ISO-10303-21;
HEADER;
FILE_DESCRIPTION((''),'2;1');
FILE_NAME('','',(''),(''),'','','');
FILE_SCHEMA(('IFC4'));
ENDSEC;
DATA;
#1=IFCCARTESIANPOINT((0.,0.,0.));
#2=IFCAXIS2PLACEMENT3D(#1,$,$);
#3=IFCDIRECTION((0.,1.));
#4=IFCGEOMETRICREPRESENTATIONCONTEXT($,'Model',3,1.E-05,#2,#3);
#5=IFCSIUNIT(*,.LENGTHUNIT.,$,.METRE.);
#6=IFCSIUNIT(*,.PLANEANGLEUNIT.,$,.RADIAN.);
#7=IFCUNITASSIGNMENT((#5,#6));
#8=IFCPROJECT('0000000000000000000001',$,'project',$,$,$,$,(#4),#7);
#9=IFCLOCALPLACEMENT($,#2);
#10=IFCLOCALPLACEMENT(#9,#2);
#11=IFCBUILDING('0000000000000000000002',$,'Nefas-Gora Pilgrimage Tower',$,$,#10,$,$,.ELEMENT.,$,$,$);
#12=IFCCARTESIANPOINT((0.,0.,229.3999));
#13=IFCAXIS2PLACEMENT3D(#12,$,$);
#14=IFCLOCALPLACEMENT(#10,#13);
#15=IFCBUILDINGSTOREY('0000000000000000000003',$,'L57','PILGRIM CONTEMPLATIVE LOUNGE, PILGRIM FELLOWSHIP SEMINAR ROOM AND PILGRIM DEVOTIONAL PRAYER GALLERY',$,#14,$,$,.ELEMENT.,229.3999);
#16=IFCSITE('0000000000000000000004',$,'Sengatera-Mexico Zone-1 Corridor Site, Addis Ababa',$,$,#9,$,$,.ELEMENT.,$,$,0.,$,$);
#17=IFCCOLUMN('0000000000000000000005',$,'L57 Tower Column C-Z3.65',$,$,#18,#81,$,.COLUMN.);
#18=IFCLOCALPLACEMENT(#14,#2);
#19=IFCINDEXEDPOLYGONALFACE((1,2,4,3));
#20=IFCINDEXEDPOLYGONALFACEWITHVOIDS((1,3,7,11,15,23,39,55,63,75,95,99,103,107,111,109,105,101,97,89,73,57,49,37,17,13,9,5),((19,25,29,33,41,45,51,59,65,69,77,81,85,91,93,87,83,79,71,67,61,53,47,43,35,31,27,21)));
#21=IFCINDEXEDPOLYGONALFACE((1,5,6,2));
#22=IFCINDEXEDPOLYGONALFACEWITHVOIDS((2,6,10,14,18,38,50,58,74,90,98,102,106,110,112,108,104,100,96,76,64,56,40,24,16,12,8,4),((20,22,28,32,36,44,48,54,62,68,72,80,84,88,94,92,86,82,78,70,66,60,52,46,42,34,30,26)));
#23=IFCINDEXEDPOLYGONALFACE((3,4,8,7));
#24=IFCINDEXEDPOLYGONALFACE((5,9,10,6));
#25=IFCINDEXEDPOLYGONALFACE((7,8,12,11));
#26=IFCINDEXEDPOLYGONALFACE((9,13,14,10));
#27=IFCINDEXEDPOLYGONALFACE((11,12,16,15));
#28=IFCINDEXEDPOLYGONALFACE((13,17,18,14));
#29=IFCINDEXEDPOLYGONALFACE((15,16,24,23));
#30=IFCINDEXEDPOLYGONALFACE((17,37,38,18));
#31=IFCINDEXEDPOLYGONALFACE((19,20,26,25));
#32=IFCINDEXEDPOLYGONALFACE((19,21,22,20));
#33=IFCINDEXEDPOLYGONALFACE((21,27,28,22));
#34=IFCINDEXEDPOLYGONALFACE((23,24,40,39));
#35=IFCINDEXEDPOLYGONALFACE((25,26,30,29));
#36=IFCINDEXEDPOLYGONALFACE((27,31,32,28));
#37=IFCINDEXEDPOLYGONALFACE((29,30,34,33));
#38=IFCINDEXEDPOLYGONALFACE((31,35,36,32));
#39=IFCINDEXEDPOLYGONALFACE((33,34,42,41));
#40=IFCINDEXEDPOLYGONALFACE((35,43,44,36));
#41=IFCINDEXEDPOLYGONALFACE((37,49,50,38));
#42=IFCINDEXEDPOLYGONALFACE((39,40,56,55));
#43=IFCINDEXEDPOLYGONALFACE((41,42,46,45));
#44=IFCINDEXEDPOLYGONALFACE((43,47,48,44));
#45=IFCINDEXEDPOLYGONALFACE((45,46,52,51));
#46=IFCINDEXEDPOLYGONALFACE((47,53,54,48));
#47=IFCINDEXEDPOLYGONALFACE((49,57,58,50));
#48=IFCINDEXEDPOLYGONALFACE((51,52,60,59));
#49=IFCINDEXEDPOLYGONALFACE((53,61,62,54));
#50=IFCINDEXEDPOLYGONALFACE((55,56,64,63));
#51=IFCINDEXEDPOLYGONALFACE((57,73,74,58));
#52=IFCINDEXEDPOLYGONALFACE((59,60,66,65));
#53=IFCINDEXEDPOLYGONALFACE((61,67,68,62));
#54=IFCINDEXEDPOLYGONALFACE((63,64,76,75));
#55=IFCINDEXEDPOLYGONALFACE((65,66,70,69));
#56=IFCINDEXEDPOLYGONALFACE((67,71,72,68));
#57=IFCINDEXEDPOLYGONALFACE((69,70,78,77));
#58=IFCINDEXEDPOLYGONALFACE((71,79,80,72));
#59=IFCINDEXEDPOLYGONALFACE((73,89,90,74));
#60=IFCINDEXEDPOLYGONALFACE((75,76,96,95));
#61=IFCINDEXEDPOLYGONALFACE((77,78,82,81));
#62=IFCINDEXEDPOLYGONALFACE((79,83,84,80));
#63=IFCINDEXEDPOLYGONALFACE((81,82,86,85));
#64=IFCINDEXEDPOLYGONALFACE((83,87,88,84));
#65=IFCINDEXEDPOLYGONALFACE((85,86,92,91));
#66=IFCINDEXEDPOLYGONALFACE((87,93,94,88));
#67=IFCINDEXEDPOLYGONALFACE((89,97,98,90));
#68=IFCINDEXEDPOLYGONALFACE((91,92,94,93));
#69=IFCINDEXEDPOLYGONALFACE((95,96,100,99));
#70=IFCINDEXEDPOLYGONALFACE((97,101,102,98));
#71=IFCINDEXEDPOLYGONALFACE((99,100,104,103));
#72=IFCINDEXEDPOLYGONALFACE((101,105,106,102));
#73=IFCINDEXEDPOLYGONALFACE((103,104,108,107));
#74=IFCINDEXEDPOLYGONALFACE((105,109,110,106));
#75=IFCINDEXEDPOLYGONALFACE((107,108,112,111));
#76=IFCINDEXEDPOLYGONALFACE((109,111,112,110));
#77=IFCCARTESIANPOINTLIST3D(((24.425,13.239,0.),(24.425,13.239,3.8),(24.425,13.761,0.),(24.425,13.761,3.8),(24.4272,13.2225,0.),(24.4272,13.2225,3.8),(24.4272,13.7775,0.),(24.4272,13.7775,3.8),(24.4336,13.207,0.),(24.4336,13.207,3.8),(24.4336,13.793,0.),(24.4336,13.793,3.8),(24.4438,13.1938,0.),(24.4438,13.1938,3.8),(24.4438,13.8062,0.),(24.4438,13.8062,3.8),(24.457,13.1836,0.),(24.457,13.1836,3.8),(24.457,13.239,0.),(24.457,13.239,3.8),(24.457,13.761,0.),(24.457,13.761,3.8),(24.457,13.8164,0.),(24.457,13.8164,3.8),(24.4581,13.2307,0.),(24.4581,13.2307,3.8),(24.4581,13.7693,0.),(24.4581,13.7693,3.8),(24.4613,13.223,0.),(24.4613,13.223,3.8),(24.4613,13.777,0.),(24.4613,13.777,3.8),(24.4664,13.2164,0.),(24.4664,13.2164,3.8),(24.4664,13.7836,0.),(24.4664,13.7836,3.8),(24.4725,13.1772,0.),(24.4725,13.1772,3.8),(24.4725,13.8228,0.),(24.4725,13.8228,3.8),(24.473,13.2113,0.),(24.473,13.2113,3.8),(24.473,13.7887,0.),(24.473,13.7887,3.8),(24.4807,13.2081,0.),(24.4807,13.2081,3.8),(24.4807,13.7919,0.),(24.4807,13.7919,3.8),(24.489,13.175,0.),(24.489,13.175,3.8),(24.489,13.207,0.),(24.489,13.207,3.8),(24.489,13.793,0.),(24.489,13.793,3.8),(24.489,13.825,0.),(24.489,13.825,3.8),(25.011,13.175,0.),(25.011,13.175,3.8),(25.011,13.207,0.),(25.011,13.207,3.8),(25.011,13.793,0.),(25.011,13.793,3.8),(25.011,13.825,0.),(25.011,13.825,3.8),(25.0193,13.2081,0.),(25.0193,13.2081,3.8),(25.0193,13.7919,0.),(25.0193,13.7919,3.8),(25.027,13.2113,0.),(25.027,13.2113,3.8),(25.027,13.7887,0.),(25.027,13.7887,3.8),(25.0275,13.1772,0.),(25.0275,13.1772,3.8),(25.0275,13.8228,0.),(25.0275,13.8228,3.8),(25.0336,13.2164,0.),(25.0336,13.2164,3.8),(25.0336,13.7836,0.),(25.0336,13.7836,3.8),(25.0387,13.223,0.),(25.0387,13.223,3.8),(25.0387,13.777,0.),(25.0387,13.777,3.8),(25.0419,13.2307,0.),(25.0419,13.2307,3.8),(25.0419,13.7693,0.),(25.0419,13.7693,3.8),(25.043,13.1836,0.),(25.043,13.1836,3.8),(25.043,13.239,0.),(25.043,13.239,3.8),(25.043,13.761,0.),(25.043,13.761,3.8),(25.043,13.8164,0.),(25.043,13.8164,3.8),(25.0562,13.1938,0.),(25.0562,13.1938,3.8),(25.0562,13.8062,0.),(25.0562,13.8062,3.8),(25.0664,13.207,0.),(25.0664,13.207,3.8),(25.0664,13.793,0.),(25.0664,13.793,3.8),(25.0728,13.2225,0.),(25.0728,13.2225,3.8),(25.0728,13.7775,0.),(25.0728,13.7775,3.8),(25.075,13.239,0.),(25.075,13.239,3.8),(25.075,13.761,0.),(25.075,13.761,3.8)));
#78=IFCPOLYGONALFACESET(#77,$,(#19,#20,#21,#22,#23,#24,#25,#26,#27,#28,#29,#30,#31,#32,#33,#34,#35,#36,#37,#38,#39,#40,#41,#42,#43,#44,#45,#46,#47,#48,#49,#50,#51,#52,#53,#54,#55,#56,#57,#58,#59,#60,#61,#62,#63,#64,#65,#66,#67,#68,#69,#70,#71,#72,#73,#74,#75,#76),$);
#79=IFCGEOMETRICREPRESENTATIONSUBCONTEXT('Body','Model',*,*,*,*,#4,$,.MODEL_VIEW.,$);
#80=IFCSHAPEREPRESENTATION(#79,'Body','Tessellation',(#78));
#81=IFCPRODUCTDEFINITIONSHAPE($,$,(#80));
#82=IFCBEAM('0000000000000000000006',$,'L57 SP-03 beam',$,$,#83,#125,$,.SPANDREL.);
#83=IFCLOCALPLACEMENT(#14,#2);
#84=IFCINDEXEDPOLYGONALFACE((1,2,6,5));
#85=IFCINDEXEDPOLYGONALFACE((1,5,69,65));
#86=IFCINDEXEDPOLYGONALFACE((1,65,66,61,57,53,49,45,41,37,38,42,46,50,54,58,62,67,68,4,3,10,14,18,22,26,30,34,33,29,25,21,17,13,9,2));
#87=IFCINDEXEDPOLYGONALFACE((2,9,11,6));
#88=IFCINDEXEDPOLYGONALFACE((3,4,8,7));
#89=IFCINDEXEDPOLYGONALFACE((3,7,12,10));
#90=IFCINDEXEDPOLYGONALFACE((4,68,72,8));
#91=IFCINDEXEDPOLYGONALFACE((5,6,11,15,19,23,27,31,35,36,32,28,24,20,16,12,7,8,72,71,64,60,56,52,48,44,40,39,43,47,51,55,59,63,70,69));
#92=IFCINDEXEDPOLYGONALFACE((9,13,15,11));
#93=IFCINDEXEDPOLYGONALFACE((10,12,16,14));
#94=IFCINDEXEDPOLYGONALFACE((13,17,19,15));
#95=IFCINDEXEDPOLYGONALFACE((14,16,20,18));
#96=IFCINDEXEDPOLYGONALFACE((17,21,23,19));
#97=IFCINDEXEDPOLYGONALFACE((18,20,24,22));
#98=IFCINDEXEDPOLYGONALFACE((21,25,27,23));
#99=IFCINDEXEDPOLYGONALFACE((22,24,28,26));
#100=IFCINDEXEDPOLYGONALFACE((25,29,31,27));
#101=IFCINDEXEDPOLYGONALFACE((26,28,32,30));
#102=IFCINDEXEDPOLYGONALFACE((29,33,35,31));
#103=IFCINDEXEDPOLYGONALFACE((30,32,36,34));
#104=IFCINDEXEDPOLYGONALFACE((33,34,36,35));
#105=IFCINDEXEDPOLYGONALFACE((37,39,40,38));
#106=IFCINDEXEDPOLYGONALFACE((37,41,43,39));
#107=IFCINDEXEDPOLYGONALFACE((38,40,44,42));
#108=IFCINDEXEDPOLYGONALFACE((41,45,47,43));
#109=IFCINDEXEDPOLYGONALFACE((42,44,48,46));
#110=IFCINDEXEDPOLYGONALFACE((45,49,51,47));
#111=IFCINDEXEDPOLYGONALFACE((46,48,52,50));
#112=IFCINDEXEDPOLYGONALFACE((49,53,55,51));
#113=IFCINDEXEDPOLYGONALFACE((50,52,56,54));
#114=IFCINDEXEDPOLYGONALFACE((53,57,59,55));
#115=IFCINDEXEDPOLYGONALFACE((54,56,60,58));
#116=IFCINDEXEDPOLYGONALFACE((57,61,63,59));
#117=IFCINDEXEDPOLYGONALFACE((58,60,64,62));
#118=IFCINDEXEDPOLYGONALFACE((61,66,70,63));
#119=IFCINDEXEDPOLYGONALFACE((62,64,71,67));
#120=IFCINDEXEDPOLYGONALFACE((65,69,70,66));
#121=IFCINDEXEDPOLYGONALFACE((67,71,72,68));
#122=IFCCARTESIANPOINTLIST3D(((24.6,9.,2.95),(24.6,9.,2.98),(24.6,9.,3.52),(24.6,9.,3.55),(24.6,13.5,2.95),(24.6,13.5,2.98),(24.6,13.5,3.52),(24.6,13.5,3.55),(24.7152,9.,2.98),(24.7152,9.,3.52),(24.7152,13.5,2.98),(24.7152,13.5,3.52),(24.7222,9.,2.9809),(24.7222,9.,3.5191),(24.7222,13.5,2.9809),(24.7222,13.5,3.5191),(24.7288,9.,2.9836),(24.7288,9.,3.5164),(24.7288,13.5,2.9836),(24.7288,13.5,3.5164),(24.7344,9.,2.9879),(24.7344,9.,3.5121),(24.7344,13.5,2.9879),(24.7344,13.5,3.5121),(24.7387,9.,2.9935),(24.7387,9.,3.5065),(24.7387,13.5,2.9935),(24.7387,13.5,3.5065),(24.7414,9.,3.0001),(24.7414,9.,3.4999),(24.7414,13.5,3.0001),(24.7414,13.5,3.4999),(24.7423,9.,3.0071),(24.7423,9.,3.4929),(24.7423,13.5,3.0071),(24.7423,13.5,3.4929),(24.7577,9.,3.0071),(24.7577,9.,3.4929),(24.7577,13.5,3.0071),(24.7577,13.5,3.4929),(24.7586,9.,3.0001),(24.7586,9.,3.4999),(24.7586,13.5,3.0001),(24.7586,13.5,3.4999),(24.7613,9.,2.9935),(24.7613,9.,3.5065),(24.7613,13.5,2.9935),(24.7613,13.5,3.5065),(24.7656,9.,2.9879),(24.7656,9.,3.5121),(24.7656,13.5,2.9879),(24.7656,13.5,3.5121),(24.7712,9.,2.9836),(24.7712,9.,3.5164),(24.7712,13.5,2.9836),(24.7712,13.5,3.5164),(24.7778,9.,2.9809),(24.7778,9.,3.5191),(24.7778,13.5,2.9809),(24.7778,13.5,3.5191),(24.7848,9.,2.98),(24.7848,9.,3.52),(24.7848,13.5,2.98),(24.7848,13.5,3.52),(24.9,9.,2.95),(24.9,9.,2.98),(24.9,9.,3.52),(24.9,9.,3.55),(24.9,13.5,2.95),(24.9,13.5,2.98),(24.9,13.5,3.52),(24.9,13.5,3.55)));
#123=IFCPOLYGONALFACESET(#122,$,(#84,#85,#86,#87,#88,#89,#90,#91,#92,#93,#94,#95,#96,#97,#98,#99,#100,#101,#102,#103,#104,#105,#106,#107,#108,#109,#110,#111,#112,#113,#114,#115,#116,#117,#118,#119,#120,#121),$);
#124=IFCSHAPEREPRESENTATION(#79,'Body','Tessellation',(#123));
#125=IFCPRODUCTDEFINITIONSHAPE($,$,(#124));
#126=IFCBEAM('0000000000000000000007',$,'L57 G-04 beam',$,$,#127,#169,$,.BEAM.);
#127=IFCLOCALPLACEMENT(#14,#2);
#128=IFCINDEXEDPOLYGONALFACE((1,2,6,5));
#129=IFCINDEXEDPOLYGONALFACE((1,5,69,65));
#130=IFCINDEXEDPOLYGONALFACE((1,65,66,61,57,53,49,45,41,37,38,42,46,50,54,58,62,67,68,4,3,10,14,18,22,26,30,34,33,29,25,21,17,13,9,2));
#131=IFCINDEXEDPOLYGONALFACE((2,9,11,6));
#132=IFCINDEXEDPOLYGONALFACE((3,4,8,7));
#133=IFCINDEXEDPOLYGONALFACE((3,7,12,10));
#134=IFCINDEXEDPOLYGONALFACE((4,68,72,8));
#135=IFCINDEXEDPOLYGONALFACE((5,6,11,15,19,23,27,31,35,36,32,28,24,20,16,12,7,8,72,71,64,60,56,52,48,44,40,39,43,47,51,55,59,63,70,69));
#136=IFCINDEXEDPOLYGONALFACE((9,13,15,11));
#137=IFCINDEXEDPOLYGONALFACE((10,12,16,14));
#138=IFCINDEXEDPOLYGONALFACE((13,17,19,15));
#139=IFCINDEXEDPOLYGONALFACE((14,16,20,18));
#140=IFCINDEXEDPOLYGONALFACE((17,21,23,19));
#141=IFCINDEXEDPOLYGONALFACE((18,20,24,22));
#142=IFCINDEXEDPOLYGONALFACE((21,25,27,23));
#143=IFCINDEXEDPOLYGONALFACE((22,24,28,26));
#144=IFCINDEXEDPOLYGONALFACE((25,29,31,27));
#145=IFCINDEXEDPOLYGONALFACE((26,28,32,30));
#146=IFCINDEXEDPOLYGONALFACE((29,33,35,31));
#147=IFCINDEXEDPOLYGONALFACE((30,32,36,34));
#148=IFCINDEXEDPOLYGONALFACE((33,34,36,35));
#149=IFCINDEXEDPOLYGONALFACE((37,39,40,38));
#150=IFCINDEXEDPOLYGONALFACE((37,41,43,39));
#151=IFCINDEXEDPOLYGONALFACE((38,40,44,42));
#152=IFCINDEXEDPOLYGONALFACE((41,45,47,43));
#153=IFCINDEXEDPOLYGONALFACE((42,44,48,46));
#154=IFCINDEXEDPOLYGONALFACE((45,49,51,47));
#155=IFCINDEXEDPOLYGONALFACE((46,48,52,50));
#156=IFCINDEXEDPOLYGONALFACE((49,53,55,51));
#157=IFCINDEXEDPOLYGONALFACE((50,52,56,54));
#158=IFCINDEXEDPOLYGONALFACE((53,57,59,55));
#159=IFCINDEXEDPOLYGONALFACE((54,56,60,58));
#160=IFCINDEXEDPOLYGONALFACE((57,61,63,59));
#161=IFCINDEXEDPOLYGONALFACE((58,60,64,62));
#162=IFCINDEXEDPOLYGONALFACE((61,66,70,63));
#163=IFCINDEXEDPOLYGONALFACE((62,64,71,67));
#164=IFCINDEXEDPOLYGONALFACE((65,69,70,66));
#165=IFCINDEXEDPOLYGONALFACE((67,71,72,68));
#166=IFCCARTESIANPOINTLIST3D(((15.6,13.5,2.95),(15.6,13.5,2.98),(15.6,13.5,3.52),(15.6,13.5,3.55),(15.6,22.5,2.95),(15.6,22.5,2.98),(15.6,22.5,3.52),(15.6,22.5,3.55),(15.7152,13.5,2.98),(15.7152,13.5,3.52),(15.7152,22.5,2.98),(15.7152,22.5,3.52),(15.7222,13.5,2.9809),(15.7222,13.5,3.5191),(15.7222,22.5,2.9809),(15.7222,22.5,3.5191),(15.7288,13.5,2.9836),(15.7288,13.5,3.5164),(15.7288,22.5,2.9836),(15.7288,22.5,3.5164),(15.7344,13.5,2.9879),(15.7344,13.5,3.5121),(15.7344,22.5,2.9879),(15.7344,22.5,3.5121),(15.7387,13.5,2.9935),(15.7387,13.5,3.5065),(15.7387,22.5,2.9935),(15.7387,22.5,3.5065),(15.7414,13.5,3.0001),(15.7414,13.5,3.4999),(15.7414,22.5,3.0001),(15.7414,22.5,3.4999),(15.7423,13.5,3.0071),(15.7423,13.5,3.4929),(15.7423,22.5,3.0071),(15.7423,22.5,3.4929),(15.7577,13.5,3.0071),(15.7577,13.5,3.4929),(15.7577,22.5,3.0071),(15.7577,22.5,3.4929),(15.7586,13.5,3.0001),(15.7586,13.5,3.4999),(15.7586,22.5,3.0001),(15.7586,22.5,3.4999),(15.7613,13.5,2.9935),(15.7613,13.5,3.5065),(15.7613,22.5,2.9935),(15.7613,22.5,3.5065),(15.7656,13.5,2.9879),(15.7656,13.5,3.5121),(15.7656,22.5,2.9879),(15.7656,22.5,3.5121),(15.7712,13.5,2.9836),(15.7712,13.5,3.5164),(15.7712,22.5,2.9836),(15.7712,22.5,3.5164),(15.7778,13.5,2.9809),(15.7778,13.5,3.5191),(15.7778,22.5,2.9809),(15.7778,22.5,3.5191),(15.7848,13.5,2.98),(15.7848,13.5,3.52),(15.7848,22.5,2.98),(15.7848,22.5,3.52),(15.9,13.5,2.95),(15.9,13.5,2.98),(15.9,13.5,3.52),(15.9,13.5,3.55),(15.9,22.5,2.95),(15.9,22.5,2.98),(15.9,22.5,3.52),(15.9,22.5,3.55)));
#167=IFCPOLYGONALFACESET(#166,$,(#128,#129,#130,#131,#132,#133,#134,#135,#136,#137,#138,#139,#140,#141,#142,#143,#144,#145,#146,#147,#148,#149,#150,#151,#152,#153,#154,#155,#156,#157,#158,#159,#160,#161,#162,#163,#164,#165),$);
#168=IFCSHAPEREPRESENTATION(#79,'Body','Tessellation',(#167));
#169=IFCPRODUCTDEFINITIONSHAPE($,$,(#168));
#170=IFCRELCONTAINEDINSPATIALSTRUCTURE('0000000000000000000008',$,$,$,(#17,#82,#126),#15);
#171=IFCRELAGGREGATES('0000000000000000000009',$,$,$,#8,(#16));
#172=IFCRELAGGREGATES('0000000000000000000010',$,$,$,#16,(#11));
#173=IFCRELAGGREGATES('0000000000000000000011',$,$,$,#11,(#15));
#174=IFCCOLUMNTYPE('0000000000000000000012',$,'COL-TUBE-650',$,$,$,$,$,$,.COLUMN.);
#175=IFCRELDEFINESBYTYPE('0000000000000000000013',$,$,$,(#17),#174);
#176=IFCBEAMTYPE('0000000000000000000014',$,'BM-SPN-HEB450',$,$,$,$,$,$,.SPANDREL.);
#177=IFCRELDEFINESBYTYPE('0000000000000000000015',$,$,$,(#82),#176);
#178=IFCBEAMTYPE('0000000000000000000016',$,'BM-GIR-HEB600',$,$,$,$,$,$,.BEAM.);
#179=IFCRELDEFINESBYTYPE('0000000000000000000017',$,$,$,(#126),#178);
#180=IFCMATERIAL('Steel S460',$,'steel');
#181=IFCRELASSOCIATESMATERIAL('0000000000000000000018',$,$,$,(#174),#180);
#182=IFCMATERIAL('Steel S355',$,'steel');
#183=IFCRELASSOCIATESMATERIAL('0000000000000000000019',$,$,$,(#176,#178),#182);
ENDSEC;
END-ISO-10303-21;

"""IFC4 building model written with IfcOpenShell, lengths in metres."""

from ifc_helpers import new_model, si_unit, direction, frame, origin, origin_2d, place, context, subcontext, project, spatial, hollow_rectangle, i_section, extrude, source, transform, mapped, material, material_profile, profile_set, type_object, element, save


model = new_model("IFC4")

# Units and contexts
model_context = context("Model", 3, precision=1e-05, world=origin(), true_north=direction((0.0, 1.0)))
body_context = subcontext(model_context, "Body", "Model", "MODEL_VIEW")
ifc_project = project(units=[si_unit("LENGTHUNIT", "METRE"), si_unit("PLANEANGLEUNIT", "RADIAN")], contexts=[model_context])

# Site, building, storey
site_placement = place(None, origin())
site = spatial("IfcSite", under=ifc_project, at=site_placement, Name="Sengatera-Mexico Zone-1 Corridor Site, Addis Ababa", CompositionType="ELEMENT", RefElevation=0.0)
building_placement = place(site_placement, origin())
building = spatial("IfcBuilding", under=site, at=building_placement, Name="Nefas-Gora Pilgrimage Tower", CompositionType="ELEMENT")
storey_placement = place(building_placement, frame((0.0, 0.0, 229.3999)))
storey = spatial("IfcBuildingStorey", under=building, at=storey_placement, Name="L57", Description="PILGRIM CONTEMPLATIVE LOUNGE, PILGRIM FELLOWSHIP SEMINAR ROOM AND PILGRIM DEVOTIONAL PRAYER GALLERY", CompositionType="ELEMENT", Elevation=229.3999)

# Column
ifc_material_1 = material(Name="Steel S460", Category="steel")
ifc_material_profile_1 = material_profile(ifc_material_1, hollow_rectangle(XDim=0.6499, YDim=0.6499, WallThickness=0.032, InnerFilletRadius=0.032, OuterFilletRadius=0.064, at=origin_2d()), Name="BOX 650x650x32")
ifc_profile_set_1 = profile_set([ifc_material_profile_1], Name="Steel S460")
column_type_1 = type_object("IfcColumnType", Name="COL-TUBE-650", PredefinedType="COLUMN", material=ifc_profile_set_1)
shared_shape_1 = source(origin(), body_context, "Body", "SweptSolid", [
    extrude(hollow_rectangle(XDim=0.6499, YDim=0.6499, WallThickness=0.032, InnerFilletRadius=0.032, OuterFilletRadius=0.064, at=origin_2d()), origin(), (0.0, 0.0, 1.0), 3.8),
])
for number, where, z_axis, x_axis, name in (
    (1, (24.75, 13.5, 0.0), (0.0, 0.0, 1.0), (1.0, 0.0, 0.0), "L57 Tower Column C-Z3.65"),
):
    element("IfcColumn", number, at=place(storey_placement, frame(where, z_axis=z_axis, x_axis=x_axis)), inside=storey, type_object=column_type_1, Name=name, PredefinedType="COLUMN", context=body_context, shape_type="MappedRepresentation", body=[
        mapped(shared_shape_1, transform((0.0, 0.0, 0.0), x_axis=(1.0, 0.0, 0.0), y_axis=(0.0, 1.0, 0.0), z_axis=(0.0, 0.0, 1.0), scale=1.0)),
    ])

# Beams
ifc_material_2 = material(Name="Steel S355", Category="steel")
ifc_material_profile_2 = material_profile(ifc_material_2, i_section(OverallWidth=0.3, OverallDepth=0.6001, WebThickness=0.0154, FlangeThickness=0.03, FilletRadius=0.0271, at=origin_2d()), Name="HEB 600")
ifc_profile_set_2 = profile_set([ifc_material_profile_2], Name="Steel S355")
beam_type_1 = type_object("IfcBeamType", Name="BM-SPN-HEB450", PredefinedType="SPANDREL", material=ifc_profile_set_2)
shared_shape_2 = source(origin(), body_context, "Body", "SweptSolid", [
    extrude(i_section(OverallWidth=0.3, OverallDepth=0.6001, WebThickness=0.0154, FlangeThickness=0.03, FilletRadius=0.0271, at=origin_2d()), origin(), (0.0, 0.0, 1.0), 4.5),
])
beam_1_placement = place(storey_placement, frame((24.75, 9.0, 3.25), z_axis=(0.0, 1.0, 0.0), x_axis=(-1.0, 0.0, 0.0)))
element("IfcBeam", 2, at=beam_1_placement, inside=storey, type_object=beam_type_1, Name="L57 SP-03 beam", PredefinedType="SPANDREL", context=body_context, shape_type="MappedRepresentation", body=[
    mapped(shared_shape_2, transform((0.0, 0.0, 0.0), x_axis=(1.0, 0.0, 0.0), y_axis=(0.0, 1.0, 0.0), z_axis=(0.0, 0.0, 1.0), scale=1.0)),
])
ifc_material_profile_3 = material_profile(ifc_material_2, i_section(OverallWidth=0.3, OverallDepth=0.6001, WebThickness=0.0154, FlangeThickness=0.03, FilletRadius=0.0271, at=origin_2d()), Name="HEB 600")
ifc_profile_set_3 = profile_set([ifc_material_profile_3], Name="Steel S355")
beam_type_2 = type_object("IfcBeamType", Name="BM-GIR-HEB600", PredefinedType="BEAM", material=ifc_profile_set_3)
shared_shape_3 = source(origin(), body_context, "Body", "SweptSolid", [
    extrude(i_section(OverallWidth=0.3, OverallDepth=0.6001, WebThickness=0.0154, FlangeThickness=0.03, FilletRadius=0.0271, at=origin_2d()), origin(), (0.0, 0.0, 1.0), 9.0),
])
beam_2_placement = place(storey_placement, frame((15.75, 13.5, 3.25), z_axis=(0.0, 1.0, 0.0), x_axis=(-1.0, 0.0, 0.0)))
element("IfcBeam", 3, at=beam_2_placement, inside=storey, type_object=beam_type_2, Name="L57 G-04 beam", PredefinedType="BEAM", context=body_context, shape_type="MappedRepresentation", body=[
    mapped(shared_shape_3, transform((0.0, 0.0, 0.0), x_axis=(1.0, 0.0, 0.0), y_axis=(0.0, 1.0, 0.0), z_axis=(0.0, 0.0, 1.0), scale=1.0)),
])

save(model, "model.ifc")
